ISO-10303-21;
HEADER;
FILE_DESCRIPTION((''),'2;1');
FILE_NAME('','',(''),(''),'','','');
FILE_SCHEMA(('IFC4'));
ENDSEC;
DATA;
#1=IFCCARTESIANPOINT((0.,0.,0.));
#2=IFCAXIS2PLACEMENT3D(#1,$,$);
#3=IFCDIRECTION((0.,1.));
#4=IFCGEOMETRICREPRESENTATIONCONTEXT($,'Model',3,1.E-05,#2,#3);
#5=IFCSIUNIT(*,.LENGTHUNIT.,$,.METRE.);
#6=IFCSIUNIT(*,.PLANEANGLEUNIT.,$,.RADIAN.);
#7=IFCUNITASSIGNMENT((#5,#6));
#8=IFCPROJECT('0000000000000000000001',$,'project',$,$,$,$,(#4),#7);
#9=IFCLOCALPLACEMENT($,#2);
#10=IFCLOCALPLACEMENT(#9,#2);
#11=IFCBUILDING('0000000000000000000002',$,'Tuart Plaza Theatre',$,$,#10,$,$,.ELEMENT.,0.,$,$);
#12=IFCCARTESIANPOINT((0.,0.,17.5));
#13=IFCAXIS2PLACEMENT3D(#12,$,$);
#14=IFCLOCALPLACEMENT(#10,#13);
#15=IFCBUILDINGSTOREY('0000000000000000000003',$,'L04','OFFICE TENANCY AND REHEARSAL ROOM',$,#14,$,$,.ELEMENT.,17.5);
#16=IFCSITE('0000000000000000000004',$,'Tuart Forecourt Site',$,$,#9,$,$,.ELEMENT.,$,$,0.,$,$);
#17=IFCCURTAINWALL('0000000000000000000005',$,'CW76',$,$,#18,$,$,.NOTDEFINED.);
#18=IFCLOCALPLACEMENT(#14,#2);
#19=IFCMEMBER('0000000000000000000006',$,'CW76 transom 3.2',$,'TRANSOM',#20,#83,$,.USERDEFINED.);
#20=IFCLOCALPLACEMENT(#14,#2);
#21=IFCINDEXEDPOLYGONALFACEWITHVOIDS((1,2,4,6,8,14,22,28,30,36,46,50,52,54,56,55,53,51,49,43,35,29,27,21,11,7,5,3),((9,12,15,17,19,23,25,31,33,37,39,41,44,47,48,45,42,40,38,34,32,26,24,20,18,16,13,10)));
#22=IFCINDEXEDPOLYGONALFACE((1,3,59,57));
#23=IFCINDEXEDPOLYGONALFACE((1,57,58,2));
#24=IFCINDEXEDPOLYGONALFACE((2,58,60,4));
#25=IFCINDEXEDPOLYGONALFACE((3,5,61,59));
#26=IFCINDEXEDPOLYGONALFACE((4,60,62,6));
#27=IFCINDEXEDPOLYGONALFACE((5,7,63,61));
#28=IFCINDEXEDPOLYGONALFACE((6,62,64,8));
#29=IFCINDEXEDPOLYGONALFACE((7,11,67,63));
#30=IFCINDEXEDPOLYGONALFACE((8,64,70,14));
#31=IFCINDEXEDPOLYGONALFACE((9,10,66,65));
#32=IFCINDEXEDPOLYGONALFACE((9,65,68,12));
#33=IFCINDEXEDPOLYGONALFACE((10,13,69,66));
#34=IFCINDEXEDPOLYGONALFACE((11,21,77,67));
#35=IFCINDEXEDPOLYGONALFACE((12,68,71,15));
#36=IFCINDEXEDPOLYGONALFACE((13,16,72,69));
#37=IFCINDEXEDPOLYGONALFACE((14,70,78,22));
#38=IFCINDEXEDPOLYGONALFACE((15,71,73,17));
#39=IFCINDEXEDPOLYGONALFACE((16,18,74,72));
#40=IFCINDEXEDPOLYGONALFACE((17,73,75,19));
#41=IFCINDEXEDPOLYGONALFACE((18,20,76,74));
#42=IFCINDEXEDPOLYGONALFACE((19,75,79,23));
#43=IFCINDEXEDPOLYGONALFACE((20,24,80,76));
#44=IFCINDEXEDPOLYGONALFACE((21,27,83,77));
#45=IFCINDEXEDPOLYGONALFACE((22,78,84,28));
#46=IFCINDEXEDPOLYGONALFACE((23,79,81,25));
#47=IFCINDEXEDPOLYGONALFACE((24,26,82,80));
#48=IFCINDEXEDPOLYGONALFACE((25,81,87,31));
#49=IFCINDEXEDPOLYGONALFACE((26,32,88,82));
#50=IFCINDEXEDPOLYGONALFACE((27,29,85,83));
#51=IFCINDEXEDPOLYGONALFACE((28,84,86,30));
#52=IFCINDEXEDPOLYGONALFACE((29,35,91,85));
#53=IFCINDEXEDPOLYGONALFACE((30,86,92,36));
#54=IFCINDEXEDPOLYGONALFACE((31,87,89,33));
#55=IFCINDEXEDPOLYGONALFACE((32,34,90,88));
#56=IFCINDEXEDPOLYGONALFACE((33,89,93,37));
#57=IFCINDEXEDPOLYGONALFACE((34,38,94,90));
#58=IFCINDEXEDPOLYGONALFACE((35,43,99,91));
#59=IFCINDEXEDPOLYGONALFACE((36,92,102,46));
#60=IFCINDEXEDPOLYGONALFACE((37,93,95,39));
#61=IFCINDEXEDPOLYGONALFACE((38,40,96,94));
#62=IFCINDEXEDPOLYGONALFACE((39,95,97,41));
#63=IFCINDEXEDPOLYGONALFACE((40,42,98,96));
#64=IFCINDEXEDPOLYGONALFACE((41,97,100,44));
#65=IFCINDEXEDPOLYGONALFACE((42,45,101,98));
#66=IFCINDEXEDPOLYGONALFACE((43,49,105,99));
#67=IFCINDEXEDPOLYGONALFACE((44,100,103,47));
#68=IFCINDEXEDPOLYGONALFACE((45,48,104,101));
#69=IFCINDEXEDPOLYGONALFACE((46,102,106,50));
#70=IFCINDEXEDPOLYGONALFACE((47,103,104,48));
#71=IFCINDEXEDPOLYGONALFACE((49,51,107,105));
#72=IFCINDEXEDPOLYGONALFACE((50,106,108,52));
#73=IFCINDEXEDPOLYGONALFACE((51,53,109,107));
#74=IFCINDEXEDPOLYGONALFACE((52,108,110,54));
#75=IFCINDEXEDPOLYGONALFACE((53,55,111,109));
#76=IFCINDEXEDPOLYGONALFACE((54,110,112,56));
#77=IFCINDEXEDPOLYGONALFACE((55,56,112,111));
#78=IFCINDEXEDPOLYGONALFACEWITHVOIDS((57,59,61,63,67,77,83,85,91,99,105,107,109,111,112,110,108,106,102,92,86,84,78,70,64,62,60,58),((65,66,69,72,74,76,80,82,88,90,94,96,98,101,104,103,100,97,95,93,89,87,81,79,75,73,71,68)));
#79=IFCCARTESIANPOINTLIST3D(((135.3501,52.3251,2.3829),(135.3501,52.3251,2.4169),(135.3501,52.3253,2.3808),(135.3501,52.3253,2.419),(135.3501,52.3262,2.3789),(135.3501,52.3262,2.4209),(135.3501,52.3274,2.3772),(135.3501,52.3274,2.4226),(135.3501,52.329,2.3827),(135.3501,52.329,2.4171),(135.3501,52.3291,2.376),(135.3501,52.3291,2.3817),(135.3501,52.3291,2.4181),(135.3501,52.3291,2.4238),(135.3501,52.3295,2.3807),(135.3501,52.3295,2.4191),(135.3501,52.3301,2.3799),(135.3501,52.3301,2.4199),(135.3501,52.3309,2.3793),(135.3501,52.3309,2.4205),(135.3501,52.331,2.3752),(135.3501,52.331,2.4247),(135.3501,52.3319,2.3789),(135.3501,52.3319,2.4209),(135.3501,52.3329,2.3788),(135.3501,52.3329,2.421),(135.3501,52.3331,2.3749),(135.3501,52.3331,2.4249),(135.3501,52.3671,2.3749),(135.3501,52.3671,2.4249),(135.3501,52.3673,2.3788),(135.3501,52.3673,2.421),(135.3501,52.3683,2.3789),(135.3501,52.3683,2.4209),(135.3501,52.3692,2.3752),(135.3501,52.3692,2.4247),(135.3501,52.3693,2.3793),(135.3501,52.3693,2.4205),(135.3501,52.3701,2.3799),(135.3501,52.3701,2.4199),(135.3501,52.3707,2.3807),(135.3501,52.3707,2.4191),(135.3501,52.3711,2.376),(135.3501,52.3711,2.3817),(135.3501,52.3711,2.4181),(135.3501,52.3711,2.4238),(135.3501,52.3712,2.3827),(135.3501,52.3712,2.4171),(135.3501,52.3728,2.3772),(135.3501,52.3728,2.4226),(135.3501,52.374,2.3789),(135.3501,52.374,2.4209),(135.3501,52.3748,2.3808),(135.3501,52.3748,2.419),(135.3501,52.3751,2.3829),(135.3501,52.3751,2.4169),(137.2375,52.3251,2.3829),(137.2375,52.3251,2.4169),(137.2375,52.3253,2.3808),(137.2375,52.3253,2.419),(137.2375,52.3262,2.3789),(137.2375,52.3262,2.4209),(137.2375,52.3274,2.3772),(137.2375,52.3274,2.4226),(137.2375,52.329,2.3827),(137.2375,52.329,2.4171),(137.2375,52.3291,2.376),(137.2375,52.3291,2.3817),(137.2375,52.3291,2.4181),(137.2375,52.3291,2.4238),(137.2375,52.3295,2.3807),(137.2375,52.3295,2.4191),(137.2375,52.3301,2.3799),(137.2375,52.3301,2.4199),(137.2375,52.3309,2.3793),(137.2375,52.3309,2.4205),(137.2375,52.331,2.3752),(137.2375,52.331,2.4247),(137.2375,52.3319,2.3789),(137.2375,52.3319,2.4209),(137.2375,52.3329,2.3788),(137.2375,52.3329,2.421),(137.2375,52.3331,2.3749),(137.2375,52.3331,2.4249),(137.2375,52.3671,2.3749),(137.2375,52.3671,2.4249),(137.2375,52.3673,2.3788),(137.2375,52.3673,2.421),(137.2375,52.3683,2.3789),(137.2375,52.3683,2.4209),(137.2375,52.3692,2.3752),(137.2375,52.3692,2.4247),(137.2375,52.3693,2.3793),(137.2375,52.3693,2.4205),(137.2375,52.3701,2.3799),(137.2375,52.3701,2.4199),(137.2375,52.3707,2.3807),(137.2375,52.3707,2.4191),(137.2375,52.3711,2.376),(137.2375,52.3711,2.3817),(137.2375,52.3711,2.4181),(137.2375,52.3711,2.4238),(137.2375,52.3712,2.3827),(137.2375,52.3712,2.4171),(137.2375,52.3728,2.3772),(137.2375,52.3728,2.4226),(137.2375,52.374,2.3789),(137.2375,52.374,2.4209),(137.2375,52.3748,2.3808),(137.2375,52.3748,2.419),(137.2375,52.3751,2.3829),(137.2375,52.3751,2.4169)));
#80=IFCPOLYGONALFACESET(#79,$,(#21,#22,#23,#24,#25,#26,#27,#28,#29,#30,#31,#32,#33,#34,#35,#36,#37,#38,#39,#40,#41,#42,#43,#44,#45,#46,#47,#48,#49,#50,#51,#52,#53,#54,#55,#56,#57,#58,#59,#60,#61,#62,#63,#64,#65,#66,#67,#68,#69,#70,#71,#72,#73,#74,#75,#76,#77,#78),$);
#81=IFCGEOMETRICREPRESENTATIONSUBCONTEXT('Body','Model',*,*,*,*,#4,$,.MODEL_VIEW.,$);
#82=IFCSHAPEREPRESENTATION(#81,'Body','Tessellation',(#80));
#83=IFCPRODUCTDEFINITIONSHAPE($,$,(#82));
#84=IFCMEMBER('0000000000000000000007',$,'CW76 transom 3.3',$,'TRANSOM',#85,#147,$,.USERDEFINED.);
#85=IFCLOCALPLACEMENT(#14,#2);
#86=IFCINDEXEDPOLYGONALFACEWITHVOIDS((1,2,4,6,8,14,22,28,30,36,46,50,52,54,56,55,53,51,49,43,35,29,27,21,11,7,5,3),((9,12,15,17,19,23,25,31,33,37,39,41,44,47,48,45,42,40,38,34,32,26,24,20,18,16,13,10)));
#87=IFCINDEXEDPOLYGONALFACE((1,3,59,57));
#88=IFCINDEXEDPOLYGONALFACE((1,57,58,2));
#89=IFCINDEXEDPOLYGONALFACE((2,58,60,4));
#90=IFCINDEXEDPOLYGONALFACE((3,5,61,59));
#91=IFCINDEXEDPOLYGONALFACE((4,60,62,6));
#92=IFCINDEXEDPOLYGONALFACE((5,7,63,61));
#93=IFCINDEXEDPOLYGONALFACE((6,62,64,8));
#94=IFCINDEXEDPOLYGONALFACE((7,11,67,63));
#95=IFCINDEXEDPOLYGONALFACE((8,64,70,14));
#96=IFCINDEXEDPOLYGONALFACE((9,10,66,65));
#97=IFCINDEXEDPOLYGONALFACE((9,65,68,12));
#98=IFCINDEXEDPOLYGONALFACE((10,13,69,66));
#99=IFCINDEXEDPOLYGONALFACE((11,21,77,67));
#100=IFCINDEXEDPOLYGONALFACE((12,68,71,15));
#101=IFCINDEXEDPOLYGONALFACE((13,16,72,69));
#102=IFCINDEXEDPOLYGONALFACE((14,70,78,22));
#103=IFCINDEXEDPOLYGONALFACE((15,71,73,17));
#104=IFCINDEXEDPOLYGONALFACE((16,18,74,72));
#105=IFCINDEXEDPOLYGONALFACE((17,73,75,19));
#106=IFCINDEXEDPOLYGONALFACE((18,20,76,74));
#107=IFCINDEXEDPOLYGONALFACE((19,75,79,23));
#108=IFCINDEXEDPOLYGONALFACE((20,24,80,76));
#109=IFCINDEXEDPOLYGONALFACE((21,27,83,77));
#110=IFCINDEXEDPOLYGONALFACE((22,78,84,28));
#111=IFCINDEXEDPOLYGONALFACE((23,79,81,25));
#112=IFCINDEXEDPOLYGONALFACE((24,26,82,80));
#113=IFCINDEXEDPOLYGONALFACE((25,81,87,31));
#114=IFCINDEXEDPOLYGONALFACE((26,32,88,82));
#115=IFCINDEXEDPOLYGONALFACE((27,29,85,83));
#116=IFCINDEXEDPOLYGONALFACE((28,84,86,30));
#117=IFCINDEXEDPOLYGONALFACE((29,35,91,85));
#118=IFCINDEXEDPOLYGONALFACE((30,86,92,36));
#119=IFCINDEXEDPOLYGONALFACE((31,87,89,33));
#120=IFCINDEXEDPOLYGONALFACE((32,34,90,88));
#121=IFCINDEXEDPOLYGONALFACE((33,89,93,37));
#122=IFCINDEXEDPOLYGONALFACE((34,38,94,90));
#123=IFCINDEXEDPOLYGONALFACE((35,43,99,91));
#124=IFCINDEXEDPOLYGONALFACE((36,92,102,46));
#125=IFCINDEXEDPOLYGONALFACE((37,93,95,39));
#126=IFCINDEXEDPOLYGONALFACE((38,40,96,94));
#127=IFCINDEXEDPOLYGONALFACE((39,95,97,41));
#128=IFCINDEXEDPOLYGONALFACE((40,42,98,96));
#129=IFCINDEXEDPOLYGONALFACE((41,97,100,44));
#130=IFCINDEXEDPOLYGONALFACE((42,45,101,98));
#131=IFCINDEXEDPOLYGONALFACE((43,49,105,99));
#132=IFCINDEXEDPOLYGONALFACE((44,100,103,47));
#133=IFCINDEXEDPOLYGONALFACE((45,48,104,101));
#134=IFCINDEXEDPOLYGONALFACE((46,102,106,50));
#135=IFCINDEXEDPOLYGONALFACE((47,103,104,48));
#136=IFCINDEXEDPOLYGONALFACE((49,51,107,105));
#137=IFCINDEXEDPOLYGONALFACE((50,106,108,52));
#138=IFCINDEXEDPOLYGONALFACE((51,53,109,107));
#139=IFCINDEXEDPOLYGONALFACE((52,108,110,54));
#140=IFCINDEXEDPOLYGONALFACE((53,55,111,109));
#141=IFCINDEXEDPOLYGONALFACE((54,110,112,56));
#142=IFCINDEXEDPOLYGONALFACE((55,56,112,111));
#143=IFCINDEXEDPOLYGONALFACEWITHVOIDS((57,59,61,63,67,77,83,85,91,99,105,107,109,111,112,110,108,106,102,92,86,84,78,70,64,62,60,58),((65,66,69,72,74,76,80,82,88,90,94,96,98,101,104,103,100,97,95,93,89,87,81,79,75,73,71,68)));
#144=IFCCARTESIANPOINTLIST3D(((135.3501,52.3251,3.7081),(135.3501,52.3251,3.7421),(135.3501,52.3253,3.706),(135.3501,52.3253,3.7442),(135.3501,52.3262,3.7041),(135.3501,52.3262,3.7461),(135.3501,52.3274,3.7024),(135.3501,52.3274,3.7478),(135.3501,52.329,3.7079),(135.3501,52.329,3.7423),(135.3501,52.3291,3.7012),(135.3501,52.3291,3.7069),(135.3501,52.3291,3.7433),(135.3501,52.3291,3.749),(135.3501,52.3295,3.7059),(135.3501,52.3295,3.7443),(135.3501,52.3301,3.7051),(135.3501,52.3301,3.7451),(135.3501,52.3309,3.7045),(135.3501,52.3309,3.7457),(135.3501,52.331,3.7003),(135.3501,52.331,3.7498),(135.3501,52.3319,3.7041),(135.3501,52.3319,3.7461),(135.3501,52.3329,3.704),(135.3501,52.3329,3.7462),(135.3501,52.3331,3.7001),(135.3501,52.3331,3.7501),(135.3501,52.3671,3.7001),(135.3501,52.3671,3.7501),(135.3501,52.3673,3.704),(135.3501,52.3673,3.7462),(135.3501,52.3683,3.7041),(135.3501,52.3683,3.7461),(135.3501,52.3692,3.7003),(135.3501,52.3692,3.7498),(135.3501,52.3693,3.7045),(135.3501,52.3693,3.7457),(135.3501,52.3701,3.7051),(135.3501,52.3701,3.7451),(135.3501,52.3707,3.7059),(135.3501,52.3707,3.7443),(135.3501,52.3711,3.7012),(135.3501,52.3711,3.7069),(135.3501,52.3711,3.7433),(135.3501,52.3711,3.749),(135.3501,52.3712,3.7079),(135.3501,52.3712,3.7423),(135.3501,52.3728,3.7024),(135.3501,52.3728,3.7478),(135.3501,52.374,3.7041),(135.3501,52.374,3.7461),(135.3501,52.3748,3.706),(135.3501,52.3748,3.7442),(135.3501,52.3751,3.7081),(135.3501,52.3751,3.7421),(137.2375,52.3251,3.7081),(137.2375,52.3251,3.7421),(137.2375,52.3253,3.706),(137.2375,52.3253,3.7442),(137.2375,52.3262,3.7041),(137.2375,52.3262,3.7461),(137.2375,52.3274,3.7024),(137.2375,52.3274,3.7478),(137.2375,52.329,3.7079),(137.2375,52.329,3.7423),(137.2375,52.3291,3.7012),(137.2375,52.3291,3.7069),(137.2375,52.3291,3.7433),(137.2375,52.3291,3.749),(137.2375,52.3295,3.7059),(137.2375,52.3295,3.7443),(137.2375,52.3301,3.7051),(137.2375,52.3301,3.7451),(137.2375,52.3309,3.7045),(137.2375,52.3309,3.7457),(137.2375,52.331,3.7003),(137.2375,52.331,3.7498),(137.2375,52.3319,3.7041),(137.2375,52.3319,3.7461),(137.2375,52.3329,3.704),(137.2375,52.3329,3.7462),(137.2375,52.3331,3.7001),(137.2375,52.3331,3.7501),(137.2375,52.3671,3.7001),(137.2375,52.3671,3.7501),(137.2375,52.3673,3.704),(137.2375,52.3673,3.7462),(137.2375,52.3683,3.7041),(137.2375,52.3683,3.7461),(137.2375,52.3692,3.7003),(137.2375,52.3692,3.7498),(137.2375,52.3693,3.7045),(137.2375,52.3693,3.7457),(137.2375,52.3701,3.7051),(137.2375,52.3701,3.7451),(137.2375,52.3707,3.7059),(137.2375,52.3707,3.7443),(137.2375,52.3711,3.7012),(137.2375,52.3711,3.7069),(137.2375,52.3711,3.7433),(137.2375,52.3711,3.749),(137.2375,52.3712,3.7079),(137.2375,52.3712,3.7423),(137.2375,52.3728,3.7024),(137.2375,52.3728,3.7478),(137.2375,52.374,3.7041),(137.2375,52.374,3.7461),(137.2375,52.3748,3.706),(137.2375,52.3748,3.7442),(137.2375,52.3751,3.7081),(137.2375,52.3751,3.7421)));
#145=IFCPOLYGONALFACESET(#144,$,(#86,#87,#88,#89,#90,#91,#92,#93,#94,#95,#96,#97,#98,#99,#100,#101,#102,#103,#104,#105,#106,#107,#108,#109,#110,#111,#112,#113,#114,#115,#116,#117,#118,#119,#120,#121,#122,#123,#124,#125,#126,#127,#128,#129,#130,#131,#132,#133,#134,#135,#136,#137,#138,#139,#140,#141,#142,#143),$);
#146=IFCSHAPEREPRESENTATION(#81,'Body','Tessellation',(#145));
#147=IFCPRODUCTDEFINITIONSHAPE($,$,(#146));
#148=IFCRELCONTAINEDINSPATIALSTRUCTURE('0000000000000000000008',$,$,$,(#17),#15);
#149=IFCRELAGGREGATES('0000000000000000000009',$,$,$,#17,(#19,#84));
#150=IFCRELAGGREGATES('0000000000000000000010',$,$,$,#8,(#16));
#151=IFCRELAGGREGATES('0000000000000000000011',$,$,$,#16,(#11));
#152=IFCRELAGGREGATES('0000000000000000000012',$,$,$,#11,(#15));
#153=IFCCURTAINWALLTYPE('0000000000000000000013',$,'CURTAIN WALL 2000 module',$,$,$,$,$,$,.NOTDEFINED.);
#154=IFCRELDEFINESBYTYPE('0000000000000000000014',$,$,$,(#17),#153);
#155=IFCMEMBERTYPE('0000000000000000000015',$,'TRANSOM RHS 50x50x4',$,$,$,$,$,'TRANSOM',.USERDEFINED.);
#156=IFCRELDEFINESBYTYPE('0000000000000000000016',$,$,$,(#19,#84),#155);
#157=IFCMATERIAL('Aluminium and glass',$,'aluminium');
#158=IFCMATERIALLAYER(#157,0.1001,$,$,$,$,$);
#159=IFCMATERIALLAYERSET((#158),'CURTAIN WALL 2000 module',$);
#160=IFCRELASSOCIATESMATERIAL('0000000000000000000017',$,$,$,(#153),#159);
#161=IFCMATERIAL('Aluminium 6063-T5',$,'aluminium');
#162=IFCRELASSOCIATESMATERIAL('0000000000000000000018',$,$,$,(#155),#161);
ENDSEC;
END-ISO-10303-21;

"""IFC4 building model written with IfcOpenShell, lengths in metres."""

from ifc_helpers import new_model, si_unit, direction, frame, origin, origin_2d, place, context, subcontext, project, spatial, hollow_rectangle, extrude, material, layer, layer_set, material_profile, profile_set, type_object, element, aggregate, save


model = new_model("IFC4")

# Units and contexts
model_context = context("Model", 3, precision=1e-05, world=origin(), true_north=direction((0.0, 1.0)))
body_context = subcontext(model_context, "Body", "Model", "MODEL_VIEW")
ifc_project = project(units=[si_unit("LENGTHUNIT", "METRE"), si_unit("PLANEANGLEUNIT", "RADIAN")], contexts=[model_context])

# Site, building, storey
site_placement = place(None, origin())
site = spatial("IfcSite", under=ifc_project, at=site_placement, Name="Tuart Forecourt Site", CompositionType="ELEMENT", RefElevation=0.0)
building_placement = place(site_placement, origin())
building = spatial("IfcBuilding", under=site, at=building_placement, Name="Tuart Plaza Theatre", CompositionType="ELEMENT", ElevationOfRefHeight=0.0)
storey_placement = place(building_placement, frame((0.0, 0.0, 17.5)))
storey = spatial("IfcBuildingStorey", under=building, at=storey_placement, Name="L04", Description="OFFICE TENANCY AND REHEARSAL ROOM", CompositionType="ELEMENT", Elevation=17.5)

# Curtain wall
ifc_material_1 = material(Name="Aluminium and glass", Category="aluminium")
ifc_layer_1 = layer(ifc_material_1, 0.1001)
ifc_layer_set_1 = layer_set([ifc_layer_1], Name="CURTAIN WALL 2000 module")
curtain_wall_type = type_object("IfcCurtainWallType", Name="CURTAIN WALL 2000 module", PredefinedType="NOTDEFINED", material=ifc_layer_set_1)
curtain_wall_1_placement = place(storey_placement, origin())
curtain_wall_1 = element("IfcCurtainWall", 1, at=curtain_wall_1_placement, inside=storey, type_object=curtain_wall_type, Name="CW76", PredefinedType="NOTDEFINED")

# Members
ifc_material_2 = material(Name="Aluminium 6063-T5", Category="aluminium")
ifc_material_profile_1 = material_profile(ifc_material_2, hollow_rectangle(XDim=0.05, YDim=0.05, WallThickness=0.0039, InnerFilletRadius=0.0039, OuterFilletRadius=0.0081, at=origin_2d()), Name="RHS 50x50x4")
ifc_profile_set_1 = profile_set([ifc_material_profile_1], Name="Aluminium 6063-T5")
member_type_1 = type_object("IfcMemberType", Name="TRANSOM RHS 50x50x4", ElementType="TRANSOM", PredefinedType="USERDEFINED", material=ifc_profile_set_1)
member_1_placement = place(storey_placement, frame((135.3501, 52.3501, 2.3999), z_axis=(1.0, 0.0, 0.0), x_axis=(0.0, 1.0, 0.0)))
member_1 = element("IfcMember", 2, at=member_1_placement, type_object=member_type_1, Name="CW76 transom 3.2", ObjectType="TRANSOM", PredefinedType="USERDEFINED", context=body_context, shape_type="SweptSolid", body=[
    extrude(hollow_rectangle(XDim=0.05, YDim=0.05, WallThickness=0.0039, InnerFilletRadius=0.0039, OuterFilletRadius=0.0081, at=origin_2d()), origin(), (0.0, 0.0, 1.0), 1.8875),
])
member_2_placement = place(storey_placement, frame((135.3501, 52.3501, 3.7251), z_axis=(1.0, 0.0, 0.0), x_axis=(0.0, 1.0, 0.0)))
member_2 = element("IfcMember", 3, at=member_2_placement, type_object=member_type_1, Name="CW76 transom 3.3", ObjectType="TRANSOM", PredefinedType="USERDEFINED", context=body_context, shape_type="SweptSolid", body=[
    extrude(hollow_rectangle(XDim=0.05, YDim=0.05, WallThickness=0.0039, InnerFilletRadius=0.0039, OuterFilletRadius=0.0081, at=origin_2d()), origin(), (0.0, 0.0, 1.0), 1.8875),
])

aggregate(curtain_wall_1, [member_1, member_2])

save(model, "model.ifc")
